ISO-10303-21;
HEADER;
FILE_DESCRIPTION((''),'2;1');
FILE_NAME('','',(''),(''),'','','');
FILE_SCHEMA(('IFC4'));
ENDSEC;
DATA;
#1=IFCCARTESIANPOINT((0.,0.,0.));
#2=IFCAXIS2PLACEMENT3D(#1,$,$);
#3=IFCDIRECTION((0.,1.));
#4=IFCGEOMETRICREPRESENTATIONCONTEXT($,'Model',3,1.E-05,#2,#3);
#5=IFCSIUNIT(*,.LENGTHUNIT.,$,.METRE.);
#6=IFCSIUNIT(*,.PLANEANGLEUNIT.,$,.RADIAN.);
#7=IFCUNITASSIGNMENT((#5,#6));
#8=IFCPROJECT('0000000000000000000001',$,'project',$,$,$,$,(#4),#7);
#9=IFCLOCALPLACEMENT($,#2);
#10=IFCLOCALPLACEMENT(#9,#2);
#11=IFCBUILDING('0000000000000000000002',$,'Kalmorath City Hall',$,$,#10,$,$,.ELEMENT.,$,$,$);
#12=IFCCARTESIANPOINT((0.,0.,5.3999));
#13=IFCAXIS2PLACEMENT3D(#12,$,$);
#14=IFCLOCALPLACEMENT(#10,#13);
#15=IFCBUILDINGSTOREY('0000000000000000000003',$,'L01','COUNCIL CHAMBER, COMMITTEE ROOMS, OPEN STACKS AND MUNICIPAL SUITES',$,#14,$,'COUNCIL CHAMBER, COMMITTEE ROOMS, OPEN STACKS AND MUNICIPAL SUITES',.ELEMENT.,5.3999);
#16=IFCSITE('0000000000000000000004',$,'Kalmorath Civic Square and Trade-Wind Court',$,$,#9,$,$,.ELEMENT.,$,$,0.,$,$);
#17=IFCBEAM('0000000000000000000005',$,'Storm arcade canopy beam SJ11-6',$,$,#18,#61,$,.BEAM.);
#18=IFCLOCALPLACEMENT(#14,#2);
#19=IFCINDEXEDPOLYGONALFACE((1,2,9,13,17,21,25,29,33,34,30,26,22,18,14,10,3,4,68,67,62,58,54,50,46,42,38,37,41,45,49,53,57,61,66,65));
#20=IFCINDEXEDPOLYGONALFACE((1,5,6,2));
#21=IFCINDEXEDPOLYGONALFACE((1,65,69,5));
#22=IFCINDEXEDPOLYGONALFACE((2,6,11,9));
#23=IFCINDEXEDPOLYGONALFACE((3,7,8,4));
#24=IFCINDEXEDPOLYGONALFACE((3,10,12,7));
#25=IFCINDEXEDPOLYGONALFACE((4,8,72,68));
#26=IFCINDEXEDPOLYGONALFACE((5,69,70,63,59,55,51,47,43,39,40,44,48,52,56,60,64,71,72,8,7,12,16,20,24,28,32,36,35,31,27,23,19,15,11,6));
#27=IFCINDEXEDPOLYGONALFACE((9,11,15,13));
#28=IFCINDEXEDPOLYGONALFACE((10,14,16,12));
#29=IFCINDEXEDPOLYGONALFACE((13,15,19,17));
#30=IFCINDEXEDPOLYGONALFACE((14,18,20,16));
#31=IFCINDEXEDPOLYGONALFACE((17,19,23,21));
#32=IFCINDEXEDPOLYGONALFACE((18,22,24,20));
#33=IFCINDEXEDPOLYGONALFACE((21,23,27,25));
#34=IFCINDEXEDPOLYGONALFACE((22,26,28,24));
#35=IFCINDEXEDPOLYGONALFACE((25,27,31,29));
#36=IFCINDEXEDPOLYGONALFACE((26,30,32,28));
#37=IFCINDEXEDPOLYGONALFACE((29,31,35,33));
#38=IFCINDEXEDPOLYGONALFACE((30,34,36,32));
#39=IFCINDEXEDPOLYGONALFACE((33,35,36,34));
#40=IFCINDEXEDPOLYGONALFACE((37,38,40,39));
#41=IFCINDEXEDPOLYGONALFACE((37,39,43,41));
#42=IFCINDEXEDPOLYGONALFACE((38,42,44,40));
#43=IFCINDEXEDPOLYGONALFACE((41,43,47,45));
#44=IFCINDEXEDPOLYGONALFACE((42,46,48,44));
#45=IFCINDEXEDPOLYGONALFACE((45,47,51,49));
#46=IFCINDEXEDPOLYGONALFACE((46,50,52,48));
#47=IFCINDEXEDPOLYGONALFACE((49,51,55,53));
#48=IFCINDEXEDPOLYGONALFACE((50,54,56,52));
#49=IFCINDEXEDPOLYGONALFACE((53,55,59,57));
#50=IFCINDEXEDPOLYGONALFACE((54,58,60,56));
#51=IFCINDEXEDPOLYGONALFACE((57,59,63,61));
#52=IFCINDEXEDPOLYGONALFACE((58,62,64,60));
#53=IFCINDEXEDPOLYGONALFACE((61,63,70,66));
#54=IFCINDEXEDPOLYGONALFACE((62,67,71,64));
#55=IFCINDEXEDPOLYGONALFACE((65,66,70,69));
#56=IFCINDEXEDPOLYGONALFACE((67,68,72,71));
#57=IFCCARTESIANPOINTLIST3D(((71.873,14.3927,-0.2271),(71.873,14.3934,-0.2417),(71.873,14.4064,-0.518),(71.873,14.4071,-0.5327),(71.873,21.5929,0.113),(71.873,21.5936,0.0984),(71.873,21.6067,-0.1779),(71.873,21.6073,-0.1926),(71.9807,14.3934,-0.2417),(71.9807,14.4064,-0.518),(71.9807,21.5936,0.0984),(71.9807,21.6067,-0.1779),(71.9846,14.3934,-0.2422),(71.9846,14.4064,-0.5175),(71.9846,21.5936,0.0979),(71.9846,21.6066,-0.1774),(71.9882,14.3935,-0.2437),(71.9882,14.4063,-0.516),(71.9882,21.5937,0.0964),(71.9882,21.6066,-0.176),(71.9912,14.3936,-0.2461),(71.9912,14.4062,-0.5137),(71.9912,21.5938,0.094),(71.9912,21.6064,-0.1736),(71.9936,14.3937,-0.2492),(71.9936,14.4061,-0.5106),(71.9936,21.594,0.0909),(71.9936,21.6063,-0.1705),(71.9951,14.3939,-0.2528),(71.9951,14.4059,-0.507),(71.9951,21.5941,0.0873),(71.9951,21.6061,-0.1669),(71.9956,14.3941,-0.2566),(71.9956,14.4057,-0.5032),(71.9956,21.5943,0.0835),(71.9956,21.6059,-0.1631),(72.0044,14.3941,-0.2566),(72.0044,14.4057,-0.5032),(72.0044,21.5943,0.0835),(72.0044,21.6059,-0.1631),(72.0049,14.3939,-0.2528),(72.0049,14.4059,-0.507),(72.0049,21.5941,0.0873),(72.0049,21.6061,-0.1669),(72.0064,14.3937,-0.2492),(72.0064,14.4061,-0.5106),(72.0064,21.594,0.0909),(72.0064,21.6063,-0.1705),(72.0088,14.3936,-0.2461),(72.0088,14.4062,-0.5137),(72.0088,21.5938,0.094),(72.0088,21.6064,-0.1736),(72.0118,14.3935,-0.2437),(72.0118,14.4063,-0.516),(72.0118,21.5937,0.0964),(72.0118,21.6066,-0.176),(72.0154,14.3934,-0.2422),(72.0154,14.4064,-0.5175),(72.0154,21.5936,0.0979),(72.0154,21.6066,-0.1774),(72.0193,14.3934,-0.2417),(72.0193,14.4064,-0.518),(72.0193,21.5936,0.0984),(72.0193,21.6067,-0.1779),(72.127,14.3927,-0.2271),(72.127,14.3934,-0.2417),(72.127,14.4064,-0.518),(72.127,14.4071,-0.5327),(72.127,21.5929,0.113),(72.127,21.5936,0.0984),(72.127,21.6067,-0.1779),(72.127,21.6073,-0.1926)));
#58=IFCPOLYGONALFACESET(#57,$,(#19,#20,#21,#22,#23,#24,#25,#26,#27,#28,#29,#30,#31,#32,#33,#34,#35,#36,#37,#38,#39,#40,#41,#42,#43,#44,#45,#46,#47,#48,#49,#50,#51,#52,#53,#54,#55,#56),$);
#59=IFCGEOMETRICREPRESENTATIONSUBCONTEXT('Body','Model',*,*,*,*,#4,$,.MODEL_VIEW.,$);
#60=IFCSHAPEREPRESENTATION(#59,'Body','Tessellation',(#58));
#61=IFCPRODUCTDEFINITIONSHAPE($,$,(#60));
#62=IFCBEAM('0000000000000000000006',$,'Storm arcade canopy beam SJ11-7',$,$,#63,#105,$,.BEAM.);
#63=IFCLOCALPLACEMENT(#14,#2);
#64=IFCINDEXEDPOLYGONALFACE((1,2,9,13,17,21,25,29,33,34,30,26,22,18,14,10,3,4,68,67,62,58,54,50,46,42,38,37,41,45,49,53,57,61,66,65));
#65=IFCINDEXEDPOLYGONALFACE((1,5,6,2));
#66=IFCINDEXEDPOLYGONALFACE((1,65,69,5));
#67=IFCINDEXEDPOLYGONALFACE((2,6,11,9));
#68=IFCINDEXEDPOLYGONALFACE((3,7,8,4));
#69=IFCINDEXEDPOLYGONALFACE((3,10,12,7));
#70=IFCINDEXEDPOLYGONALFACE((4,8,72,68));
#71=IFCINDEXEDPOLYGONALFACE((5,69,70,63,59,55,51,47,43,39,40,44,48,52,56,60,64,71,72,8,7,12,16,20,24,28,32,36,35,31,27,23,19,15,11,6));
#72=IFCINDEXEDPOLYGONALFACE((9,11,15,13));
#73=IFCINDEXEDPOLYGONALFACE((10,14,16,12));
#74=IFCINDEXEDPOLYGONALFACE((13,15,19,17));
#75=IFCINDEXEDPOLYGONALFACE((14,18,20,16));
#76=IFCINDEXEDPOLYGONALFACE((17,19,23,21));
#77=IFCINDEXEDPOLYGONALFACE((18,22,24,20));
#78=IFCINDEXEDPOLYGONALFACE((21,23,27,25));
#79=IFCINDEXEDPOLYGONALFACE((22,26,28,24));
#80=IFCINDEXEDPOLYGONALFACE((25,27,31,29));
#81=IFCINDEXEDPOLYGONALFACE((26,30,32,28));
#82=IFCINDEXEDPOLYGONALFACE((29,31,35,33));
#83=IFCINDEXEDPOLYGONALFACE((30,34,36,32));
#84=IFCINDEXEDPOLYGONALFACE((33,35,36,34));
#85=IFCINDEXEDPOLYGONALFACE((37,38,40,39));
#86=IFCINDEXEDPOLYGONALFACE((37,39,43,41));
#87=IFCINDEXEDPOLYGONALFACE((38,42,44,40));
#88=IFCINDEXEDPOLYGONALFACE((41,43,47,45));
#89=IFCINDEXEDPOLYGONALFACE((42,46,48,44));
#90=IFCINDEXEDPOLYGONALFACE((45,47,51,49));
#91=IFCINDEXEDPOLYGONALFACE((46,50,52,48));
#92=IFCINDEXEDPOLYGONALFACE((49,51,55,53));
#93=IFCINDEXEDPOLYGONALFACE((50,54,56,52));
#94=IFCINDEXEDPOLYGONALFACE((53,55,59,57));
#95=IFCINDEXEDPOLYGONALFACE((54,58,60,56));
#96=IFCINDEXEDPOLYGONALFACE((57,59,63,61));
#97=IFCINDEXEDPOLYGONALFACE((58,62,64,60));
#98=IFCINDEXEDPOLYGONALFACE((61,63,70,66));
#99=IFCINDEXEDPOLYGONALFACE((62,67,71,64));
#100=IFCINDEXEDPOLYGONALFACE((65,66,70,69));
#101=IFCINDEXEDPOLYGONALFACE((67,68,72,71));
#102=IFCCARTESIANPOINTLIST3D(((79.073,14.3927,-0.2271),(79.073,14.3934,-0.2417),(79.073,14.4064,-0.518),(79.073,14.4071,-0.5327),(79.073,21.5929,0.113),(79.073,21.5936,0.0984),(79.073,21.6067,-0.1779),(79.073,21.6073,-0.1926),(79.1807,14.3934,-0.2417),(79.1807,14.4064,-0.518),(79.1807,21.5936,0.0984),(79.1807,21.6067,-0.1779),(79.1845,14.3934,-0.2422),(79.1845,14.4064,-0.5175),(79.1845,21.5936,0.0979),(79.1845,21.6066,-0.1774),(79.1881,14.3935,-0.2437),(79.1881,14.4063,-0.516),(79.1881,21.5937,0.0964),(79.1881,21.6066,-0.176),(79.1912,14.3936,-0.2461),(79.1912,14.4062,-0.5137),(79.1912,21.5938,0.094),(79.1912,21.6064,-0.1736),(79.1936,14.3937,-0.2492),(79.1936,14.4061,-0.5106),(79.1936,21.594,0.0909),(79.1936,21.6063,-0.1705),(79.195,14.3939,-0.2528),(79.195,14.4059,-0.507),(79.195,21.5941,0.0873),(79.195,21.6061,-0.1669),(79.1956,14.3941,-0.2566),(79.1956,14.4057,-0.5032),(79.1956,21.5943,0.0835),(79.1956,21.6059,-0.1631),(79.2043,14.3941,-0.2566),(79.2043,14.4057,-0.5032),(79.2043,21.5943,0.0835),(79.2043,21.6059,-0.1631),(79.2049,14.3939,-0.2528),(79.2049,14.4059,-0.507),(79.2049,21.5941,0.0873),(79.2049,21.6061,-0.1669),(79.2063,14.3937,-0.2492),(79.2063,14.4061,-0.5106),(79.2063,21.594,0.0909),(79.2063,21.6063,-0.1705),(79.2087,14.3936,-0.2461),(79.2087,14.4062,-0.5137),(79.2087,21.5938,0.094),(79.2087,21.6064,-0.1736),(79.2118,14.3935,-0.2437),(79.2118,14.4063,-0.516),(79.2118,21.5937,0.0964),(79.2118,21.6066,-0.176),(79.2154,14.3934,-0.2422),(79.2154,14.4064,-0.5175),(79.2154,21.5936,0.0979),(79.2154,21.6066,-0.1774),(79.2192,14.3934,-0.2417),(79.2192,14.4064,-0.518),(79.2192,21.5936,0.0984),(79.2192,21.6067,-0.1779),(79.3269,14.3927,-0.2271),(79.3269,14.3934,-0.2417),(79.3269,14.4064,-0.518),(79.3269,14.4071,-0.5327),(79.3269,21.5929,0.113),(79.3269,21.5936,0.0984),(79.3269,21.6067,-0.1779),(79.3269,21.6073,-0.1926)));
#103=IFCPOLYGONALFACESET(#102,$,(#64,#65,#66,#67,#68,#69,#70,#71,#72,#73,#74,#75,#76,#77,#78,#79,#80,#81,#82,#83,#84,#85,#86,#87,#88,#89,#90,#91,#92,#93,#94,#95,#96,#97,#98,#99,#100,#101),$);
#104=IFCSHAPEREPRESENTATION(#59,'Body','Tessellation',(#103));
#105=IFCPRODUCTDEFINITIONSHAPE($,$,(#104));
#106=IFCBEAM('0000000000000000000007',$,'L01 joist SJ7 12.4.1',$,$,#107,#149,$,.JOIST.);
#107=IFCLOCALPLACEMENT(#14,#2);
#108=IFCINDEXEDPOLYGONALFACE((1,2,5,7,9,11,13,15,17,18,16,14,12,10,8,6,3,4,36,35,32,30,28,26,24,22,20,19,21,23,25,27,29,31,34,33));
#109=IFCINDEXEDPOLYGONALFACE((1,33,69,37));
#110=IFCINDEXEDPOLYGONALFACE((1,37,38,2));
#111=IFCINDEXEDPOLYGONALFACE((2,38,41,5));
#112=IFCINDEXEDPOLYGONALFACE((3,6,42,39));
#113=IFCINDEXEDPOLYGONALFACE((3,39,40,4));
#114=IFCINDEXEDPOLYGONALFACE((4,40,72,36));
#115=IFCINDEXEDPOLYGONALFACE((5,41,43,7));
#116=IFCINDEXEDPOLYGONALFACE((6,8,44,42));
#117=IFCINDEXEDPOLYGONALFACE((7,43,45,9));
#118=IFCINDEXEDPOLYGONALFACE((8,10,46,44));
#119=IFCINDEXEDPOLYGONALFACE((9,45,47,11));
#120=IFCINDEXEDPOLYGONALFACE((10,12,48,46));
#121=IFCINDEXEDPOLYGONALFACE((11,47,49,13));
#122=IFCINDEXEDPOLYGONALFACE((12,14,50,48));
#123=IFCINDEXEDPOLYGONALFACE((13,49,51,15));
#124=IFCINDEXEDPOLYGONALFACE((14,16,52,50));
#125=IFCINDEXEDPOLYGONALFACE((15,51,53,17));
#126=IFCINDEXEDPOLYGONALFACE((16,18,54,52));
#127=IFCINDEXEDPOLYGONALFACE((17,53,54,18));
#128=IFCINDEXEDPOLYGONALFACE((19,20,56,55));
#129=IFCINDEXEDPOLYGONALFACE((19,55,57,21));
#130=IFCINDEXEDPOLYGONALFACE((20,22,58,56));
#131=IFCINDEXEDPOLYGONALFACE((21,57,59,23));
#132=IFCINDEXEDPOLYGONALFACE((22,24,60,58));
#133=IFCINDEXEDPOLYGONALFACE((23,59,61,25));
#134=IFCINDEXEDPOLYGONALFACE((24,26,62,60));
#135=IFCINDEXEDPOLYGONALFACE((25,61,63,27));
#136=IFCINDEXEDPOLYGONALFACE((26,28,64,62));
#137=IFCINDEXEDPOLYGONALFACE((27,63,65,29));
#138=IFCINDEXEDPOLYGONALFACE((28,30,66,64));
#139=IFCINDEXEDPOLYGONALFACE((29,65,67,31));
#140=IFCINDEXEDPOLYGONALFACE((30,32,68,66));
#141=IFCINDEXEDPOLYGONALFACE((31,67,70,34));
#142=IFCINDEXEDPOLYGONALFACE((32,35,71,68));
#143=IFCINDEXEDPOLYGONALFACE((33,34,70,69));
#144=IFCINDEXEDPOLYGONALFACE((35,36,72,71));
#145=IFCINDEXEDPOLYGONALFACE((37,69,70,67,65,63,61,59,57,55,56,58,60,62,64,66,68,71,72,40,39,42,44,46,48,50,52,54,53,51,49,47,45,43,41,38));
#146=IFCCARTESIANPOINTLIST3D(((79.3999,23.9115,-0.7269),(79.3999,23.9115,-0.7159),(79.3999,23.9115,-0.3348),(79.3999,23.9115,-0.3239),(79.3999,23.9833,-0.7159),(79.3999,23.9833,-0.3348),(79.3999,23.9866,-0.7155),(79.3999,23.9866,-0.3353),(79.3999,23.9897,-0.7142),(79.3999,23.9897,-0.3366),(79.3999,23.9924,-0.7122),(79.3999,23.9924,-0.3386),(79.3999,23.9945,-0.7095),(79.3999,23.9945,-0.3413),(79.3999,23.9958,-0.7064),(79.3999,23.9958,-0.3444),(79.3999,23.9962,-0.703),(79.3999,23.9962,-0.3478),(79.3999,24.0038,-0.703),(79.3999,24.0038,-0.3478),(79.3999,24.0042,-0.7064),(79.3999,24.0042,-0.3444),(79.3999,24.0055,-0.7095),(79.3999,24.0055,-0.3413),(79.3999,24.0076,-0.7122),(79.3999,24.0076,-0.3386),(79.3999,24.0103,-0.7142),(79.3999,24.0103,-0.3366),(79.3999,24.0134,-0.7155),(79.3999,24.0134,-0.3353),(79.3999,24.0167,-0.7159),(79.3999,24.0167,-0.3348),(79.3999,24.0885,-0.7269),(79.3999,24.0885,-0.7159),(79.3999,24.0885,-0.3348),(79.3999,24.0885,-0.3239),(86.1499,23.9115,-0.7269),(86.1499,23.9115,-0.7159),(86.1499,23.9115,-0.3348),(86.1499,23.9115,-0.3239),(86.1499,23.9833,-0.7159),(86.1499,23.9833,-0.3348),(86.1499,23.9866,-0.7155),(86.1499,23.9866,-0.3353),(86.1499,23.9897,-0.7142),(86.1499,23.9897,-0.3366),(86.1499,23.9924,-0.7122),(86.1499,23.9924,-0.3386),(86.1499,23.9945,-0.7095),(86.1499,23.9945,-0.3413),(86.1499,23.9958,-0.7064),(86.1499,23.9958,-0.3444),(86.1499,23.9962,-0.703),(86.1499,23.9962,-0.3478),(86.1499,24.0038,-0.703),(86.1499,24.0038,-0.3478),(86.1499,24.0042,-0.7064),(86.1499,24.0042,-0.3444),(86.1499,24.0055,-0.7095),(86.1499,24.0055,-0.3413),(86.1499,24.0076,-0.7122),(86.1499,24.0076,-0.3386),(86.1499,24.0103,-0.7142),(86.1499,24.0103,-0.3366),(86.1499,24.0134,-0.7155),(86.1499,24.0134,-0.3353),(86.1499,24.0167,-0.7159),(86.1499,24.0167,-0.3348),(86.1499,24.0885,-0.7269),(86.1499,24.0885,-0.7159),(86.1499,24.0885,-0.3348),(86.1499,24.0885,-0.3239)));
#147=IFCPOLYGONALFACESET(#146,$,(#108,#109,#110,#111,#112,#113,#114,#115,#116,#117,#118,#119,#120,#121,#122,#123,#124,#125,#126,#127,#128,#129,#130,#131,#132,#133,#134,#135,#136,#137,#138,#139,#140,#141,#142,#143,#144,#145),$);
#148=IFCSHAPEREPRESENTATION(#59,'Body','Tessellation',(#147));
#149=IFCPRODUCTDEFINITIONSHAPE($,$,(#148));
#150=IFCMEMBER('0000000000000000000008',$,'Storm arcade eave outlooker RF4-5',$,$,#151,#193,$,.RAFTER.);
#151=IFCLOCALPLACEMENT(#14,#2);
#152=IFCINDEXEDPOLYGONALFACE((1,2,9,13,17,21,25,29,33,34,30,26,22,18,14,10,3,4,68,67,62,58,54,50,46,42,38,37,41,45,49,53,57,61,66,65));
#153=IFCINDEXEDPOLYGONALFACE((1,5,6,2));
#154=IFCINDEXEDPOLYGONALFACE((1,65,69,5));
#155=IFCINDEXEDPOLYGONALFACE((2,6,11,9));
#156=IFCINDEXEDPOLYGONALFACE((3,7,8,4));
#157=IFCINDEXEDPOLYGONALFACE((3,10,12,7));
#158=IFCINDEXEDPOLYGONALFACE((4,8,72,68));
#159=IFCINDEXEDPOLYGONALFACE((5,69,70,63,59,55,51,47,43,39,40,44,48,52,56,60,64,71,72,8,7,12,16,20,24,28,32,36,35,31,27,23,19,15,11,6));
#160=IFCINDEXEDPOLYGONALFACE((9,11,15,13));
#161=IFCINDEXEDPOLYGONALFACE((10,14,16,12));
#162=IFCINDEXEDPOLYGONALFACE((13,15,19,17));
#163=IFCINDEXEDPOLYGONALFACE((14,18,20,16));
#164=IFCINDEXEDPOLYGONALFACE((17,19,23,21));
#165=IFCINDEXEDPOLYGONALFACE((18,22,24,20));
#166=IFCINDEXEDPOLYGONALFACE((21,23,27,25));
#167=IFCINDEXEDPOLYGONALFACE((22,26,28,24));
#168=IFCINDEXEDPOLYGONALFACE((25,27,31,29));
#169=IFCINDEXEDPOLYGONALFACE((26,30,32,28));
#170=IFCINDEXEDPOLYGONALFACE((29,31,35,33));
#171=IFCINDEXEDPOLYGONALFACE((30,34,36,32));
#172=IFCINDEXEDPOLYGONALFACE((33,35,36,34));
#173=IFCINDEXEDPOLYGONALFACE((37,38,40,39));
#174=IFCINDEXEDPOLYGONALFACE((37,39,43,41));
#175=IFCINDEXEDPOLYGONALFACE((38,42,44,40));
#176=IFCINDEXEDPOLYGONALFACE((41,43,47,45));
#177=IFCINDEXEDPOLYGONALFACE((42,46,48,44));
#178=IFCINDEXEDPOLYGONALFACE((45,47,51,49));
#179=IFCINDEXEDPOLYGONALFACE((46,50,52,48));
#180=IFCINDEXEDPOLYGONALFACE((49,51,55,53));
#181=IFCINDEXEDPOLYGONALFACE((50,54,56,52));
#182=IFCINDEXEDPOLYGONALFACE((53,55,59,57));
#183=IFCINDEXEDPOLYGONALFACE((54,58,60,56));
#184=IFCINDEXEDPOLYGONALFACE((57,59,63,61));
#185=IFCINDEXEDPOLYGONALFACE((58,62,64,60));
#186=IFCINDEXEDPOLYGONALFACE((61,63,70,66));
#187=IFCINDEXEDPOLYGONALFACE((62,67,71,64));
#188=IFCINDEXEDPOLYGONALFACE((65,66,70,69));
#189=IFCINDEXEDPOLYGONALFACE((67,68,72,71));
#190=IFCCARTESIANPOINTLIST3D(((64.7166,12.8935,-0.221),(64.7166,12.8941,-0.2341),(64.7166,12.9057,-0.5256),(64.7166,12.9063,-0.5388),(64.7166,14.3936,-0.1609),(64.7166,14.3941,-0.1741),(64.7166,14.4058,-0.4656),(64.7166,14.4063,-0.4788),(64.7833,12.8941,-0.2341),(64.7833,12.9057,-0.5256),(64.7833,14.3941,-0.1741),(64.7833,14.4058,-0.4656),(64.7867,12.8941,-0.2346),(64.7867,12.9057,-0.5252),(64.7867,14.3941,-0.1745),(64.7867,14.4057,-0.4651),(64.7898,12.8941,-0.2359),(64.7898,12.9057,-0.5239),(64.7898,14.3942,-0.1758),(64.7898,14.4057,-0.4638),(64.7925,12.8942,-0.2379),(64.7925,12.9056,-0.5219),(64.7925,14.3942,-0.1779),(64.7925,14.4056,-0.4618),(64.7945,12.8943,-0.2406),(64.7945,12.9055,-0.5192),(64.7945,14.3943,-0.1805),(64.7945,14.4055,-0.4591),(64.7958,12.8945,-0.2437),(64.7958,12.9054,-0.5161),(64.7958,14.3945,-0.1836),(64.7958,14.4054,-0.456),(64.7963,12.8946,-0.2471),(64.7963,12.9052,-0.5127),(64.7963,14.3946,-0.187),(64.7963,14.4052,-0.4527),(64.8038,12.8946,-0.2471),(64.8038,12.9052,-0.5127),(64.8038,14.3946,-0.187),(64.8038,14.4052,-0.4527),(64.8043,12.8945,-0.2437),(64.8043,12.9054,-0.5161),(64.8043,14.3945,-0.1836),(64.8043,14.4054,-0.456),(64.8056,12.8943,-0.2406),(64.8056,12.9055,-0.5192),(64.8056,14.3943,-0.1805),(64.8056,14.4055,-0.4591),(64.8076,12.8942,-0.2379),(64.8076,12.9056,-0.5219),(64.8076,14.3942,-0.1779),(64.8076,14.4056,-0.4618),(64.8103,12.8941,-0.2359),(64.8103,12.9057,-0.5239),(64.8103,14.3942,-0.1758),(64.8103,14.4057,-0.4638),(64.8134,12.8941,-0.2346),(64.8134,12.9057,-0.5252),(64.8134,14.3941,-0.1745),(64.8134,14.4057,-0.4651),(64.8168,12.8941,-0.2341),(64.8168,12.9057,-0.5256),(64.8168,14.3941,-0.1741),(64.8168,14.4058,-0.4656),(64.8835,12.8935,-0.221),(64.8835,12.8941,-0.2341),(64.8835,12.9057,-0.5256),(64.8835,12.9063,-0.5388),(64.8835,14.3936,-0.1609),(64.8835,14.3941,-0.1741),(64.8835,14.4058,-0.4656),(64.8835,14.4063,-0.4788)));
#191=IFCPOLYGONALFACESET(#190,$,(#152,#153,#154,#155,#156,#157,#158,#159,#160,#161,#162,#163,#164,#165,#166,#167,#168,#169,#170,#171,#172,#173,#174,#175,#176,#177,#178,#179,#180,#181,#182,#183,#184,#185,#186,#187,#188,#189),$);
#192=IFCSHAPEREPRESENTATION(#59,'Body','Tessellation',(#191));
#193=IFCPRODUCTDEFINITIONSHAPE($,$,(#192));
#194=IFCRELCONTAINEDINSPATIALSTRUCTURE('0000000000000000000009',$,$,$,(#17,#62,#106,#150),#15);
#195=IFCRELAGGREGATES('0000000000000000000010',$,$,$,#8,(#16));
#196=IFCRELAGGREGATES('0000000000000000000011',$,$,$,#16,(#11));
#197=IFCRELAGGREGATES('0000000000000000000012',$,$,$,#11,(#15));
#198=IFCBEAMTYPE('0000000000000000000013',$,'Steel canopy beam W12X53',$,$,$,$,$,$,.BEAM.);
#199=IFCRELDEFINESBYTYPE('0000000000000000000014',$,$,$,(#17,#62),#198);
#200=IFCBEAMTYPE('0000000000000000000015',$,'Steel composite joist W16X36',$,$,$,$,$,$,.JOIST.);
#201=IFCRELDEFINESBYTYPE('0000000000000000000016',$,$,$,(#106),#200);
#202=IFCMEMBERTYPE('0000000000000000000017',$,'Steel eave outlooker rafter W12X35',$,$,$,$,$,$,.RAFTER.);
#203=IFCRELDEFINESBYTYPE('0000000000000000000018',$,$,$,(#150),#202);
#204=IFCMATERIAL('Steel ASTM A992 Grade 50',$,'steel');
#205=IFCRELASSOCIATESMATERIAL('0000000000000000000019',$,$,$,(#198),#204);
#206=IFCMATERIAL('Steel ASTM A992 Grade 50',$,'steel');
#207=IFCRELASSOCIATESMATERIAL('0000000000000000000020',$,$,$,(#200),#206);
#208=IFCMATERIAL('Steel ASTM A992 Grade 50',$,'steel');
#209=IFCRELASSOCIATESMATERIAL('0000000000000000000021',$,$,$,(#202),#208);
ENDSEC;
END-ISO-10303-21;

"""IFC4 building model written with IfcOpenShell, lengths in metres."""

from ifc_helpers import new_model, si_unit, direction, frame, origin, origin_2d, place, context, subcontext, project, spatial, i_section, extrude, material, material_profile, profile_set, type_object, element, save


model = new_model("IFC4")

# Units and contexts
model_context = context("Model", 3, precision=1e-05, world=origin(), true_north=direction((0.0, 1.0)))
body_context = subcontext(model_context, "Body", "Model", "MODEL_VIEW")
ifc_project = project(units=[si_unit("LENGTHUNIT", "METRE"), si_unit("PLANEANGLEUNIT", "RADIAN")], contexts=[model_context])

# Site, building, storey
site_placement = place(None, origin())
site = spatial("IfcSite", under=ifc_project, at=site_placement, Name="Kalmorath Civic Square and Trade-Wind Court", CompositionType="ELEMENT", RefElevation=0.0)
building_placement = place(site_placement, origin())
building = spatial("IfcBuilding", under=site, at=building_placement, Name="Kalmorath City Hall", CompositionType="ELEMENT")
storey_placement = place(building_placement, frame((0.0, 0.0, 5.3999)))
storey = spatial("IfcBuildingStorey", under=building, at=storey_placement, Name="L01", Description="COUNCIL CHAMBER, COMMITTEE ROOMS, OPEN STACKS AND MUNICIPAL SUITES", LongName="COUNCIL CHAMBER, COMMITTEE ROOMS, OPEN STACKS AND MUNICIPAL SUITES", CompositionType="ELEMENT", Elevation=5.3999)

# Beams
ifc_material_1 = material(Name="Steel ASTM A992 Grade 50", Category="steel")
ifc_material_profile_1 = material_profile(ifc_material_1, i_section(OverallWidth=0.2539, OverallDepth=0.3059, WebThickness=0.0088, FlangeThickness=0.0146, FilletRadius=0.0149, at=origin_2d()), Name="W12X53")
ifc_profile_set_1 = profile_set([ifc_material_profile_1], Name="Steel ASTM A992 Grade 50")
beam_type_1 = type_object("IfcBeamType", Name="Steel canopy beam W12X53", PredefinedType="BEAM", material=ifc_profile_set_1)
for number, where, z_axis, x_axis, name in (
    (1, (72.0, 14.3999, -0.3799), (0.0, 0.998886, 0.047181), (-1.0, 0.0, 0.0), "Storm arcade canopy beam SJ11-6"),
    (2, (79.2, 14.3999, -0.3799), (0.0, 0.998886, 0.047181), (-1.0, 0.0, 0.0), "Storm arcade canopy beam SJ11-7"),
):
    element("IfcBeam", number, at=place(storey_placement, frame(where, z_axis=z_axis, x_axis=x_axis)), inside=storey, type_object=beam_type_1, Name=name, PredefinedType="BEAM", context=body_context, shape_type="SweptSolid", body=[
        extrude(i_section(OverallWidth=0.2539, OverallDepth=0.3059, WebThickness=0.0088, FlangeThickness=0.0146, FilletRadius=0.0149, at=origin_2d()), origin(), (0.0, 0.0, 1.0), 7.2083),
    ])
ifc_material_2 = material(Name="Steel ASTM A992 Grade 50", Category="steel")
ifc_material_profile_2 = material_profile(ifc_material_2, i_section(OverallWidth=0.177, OverallDepth=0.4031, WebThickness=0.0076, FlangeThickness=0.011, FilletRadius=0.0129, at=origin_2d()), Name="W16X36")
ifc_profile_set_2 = profile_set([ifc_material_profile_2], Name="Steel ASTM A992 Grade 50")
beam_type_2 = type_object("IfcBeamType", Name="Steel composite joist W16X36", PredefinedType="JOIST", material=ifc_profile_set_2)
beam_1_placement = place(storey_placement, frame((79.3999, 24.0, -0.5254), z_axis=(1.0, 0.0, 0.0), x_axis=(0.0, 1.0, 0.0)))
element("IfcBeam", 3, at=beam_1_placement, inside=storey, type_object=beam_type_2, Name="L01 joist SJ7 12.4.1", PredefinedType="JOIST", context=body_context, shape_type="SweptSolid", body=[
    extrude(i_section(OverallWidth=0.177, OverallDepth=0.4031, WebThickness=0.0076, FlangeThickness=0.011, FilletRadius=0.0129, at=origin_2d()), origin(), (0.0, 0.0, 1.0), 6.75),
])

# Member
ifc_material_3 = material(Name="Steel ASTM A992 Grade 50", Category="steel")
ifc_material_profile_3 = material_profile(ifc_material_3, i_section(OverallWidth=0.167, OverallDepth=0.3181, WebThickness=0.0076, FlangeThickness=0.0132, FilletRadius=0.0129, at=origin_2d()), Name="W12X35")
ifc_profile_set_3 = profile_set([ifc_material_profile_3], Name="Steel ASTM A992 Grade 50")
member_type_1 = type_object("IfcMemberType", Name="Steel eave outlooker rafter W12X35", PredefinedType="RAFTER", material=ifc_profile_set_3)
for number, where, z_axis, x_axis, name in (
    (4, (64.8, 12.8999, -0.3799), (0.0, 0.999199, 0.040007), (-1.0, 0.0, 0.0), "Storm arcade eave outlooker RF4-5"),
):
    element("IfcMember", number, at=place(storey_placement, frame(where, z_axis=z_axis, x_axis=x_axis)), inside=storey, type_object=member_type_1, Name=name, PredefinedType="RAFTER", context=body_context, shape_type="SweptSolid", body=[
        extrude(i_section(OverallWidth=0.167, OverallDepth=0.3181, WebThickness=0.0076, FlangeThickness=0.0132, FilletRadius=0.0129, at=origin_2d()), origin(), (0.0, 0.0, 1.0), 1.5012),
    ])

save(model, "model.ifc")
